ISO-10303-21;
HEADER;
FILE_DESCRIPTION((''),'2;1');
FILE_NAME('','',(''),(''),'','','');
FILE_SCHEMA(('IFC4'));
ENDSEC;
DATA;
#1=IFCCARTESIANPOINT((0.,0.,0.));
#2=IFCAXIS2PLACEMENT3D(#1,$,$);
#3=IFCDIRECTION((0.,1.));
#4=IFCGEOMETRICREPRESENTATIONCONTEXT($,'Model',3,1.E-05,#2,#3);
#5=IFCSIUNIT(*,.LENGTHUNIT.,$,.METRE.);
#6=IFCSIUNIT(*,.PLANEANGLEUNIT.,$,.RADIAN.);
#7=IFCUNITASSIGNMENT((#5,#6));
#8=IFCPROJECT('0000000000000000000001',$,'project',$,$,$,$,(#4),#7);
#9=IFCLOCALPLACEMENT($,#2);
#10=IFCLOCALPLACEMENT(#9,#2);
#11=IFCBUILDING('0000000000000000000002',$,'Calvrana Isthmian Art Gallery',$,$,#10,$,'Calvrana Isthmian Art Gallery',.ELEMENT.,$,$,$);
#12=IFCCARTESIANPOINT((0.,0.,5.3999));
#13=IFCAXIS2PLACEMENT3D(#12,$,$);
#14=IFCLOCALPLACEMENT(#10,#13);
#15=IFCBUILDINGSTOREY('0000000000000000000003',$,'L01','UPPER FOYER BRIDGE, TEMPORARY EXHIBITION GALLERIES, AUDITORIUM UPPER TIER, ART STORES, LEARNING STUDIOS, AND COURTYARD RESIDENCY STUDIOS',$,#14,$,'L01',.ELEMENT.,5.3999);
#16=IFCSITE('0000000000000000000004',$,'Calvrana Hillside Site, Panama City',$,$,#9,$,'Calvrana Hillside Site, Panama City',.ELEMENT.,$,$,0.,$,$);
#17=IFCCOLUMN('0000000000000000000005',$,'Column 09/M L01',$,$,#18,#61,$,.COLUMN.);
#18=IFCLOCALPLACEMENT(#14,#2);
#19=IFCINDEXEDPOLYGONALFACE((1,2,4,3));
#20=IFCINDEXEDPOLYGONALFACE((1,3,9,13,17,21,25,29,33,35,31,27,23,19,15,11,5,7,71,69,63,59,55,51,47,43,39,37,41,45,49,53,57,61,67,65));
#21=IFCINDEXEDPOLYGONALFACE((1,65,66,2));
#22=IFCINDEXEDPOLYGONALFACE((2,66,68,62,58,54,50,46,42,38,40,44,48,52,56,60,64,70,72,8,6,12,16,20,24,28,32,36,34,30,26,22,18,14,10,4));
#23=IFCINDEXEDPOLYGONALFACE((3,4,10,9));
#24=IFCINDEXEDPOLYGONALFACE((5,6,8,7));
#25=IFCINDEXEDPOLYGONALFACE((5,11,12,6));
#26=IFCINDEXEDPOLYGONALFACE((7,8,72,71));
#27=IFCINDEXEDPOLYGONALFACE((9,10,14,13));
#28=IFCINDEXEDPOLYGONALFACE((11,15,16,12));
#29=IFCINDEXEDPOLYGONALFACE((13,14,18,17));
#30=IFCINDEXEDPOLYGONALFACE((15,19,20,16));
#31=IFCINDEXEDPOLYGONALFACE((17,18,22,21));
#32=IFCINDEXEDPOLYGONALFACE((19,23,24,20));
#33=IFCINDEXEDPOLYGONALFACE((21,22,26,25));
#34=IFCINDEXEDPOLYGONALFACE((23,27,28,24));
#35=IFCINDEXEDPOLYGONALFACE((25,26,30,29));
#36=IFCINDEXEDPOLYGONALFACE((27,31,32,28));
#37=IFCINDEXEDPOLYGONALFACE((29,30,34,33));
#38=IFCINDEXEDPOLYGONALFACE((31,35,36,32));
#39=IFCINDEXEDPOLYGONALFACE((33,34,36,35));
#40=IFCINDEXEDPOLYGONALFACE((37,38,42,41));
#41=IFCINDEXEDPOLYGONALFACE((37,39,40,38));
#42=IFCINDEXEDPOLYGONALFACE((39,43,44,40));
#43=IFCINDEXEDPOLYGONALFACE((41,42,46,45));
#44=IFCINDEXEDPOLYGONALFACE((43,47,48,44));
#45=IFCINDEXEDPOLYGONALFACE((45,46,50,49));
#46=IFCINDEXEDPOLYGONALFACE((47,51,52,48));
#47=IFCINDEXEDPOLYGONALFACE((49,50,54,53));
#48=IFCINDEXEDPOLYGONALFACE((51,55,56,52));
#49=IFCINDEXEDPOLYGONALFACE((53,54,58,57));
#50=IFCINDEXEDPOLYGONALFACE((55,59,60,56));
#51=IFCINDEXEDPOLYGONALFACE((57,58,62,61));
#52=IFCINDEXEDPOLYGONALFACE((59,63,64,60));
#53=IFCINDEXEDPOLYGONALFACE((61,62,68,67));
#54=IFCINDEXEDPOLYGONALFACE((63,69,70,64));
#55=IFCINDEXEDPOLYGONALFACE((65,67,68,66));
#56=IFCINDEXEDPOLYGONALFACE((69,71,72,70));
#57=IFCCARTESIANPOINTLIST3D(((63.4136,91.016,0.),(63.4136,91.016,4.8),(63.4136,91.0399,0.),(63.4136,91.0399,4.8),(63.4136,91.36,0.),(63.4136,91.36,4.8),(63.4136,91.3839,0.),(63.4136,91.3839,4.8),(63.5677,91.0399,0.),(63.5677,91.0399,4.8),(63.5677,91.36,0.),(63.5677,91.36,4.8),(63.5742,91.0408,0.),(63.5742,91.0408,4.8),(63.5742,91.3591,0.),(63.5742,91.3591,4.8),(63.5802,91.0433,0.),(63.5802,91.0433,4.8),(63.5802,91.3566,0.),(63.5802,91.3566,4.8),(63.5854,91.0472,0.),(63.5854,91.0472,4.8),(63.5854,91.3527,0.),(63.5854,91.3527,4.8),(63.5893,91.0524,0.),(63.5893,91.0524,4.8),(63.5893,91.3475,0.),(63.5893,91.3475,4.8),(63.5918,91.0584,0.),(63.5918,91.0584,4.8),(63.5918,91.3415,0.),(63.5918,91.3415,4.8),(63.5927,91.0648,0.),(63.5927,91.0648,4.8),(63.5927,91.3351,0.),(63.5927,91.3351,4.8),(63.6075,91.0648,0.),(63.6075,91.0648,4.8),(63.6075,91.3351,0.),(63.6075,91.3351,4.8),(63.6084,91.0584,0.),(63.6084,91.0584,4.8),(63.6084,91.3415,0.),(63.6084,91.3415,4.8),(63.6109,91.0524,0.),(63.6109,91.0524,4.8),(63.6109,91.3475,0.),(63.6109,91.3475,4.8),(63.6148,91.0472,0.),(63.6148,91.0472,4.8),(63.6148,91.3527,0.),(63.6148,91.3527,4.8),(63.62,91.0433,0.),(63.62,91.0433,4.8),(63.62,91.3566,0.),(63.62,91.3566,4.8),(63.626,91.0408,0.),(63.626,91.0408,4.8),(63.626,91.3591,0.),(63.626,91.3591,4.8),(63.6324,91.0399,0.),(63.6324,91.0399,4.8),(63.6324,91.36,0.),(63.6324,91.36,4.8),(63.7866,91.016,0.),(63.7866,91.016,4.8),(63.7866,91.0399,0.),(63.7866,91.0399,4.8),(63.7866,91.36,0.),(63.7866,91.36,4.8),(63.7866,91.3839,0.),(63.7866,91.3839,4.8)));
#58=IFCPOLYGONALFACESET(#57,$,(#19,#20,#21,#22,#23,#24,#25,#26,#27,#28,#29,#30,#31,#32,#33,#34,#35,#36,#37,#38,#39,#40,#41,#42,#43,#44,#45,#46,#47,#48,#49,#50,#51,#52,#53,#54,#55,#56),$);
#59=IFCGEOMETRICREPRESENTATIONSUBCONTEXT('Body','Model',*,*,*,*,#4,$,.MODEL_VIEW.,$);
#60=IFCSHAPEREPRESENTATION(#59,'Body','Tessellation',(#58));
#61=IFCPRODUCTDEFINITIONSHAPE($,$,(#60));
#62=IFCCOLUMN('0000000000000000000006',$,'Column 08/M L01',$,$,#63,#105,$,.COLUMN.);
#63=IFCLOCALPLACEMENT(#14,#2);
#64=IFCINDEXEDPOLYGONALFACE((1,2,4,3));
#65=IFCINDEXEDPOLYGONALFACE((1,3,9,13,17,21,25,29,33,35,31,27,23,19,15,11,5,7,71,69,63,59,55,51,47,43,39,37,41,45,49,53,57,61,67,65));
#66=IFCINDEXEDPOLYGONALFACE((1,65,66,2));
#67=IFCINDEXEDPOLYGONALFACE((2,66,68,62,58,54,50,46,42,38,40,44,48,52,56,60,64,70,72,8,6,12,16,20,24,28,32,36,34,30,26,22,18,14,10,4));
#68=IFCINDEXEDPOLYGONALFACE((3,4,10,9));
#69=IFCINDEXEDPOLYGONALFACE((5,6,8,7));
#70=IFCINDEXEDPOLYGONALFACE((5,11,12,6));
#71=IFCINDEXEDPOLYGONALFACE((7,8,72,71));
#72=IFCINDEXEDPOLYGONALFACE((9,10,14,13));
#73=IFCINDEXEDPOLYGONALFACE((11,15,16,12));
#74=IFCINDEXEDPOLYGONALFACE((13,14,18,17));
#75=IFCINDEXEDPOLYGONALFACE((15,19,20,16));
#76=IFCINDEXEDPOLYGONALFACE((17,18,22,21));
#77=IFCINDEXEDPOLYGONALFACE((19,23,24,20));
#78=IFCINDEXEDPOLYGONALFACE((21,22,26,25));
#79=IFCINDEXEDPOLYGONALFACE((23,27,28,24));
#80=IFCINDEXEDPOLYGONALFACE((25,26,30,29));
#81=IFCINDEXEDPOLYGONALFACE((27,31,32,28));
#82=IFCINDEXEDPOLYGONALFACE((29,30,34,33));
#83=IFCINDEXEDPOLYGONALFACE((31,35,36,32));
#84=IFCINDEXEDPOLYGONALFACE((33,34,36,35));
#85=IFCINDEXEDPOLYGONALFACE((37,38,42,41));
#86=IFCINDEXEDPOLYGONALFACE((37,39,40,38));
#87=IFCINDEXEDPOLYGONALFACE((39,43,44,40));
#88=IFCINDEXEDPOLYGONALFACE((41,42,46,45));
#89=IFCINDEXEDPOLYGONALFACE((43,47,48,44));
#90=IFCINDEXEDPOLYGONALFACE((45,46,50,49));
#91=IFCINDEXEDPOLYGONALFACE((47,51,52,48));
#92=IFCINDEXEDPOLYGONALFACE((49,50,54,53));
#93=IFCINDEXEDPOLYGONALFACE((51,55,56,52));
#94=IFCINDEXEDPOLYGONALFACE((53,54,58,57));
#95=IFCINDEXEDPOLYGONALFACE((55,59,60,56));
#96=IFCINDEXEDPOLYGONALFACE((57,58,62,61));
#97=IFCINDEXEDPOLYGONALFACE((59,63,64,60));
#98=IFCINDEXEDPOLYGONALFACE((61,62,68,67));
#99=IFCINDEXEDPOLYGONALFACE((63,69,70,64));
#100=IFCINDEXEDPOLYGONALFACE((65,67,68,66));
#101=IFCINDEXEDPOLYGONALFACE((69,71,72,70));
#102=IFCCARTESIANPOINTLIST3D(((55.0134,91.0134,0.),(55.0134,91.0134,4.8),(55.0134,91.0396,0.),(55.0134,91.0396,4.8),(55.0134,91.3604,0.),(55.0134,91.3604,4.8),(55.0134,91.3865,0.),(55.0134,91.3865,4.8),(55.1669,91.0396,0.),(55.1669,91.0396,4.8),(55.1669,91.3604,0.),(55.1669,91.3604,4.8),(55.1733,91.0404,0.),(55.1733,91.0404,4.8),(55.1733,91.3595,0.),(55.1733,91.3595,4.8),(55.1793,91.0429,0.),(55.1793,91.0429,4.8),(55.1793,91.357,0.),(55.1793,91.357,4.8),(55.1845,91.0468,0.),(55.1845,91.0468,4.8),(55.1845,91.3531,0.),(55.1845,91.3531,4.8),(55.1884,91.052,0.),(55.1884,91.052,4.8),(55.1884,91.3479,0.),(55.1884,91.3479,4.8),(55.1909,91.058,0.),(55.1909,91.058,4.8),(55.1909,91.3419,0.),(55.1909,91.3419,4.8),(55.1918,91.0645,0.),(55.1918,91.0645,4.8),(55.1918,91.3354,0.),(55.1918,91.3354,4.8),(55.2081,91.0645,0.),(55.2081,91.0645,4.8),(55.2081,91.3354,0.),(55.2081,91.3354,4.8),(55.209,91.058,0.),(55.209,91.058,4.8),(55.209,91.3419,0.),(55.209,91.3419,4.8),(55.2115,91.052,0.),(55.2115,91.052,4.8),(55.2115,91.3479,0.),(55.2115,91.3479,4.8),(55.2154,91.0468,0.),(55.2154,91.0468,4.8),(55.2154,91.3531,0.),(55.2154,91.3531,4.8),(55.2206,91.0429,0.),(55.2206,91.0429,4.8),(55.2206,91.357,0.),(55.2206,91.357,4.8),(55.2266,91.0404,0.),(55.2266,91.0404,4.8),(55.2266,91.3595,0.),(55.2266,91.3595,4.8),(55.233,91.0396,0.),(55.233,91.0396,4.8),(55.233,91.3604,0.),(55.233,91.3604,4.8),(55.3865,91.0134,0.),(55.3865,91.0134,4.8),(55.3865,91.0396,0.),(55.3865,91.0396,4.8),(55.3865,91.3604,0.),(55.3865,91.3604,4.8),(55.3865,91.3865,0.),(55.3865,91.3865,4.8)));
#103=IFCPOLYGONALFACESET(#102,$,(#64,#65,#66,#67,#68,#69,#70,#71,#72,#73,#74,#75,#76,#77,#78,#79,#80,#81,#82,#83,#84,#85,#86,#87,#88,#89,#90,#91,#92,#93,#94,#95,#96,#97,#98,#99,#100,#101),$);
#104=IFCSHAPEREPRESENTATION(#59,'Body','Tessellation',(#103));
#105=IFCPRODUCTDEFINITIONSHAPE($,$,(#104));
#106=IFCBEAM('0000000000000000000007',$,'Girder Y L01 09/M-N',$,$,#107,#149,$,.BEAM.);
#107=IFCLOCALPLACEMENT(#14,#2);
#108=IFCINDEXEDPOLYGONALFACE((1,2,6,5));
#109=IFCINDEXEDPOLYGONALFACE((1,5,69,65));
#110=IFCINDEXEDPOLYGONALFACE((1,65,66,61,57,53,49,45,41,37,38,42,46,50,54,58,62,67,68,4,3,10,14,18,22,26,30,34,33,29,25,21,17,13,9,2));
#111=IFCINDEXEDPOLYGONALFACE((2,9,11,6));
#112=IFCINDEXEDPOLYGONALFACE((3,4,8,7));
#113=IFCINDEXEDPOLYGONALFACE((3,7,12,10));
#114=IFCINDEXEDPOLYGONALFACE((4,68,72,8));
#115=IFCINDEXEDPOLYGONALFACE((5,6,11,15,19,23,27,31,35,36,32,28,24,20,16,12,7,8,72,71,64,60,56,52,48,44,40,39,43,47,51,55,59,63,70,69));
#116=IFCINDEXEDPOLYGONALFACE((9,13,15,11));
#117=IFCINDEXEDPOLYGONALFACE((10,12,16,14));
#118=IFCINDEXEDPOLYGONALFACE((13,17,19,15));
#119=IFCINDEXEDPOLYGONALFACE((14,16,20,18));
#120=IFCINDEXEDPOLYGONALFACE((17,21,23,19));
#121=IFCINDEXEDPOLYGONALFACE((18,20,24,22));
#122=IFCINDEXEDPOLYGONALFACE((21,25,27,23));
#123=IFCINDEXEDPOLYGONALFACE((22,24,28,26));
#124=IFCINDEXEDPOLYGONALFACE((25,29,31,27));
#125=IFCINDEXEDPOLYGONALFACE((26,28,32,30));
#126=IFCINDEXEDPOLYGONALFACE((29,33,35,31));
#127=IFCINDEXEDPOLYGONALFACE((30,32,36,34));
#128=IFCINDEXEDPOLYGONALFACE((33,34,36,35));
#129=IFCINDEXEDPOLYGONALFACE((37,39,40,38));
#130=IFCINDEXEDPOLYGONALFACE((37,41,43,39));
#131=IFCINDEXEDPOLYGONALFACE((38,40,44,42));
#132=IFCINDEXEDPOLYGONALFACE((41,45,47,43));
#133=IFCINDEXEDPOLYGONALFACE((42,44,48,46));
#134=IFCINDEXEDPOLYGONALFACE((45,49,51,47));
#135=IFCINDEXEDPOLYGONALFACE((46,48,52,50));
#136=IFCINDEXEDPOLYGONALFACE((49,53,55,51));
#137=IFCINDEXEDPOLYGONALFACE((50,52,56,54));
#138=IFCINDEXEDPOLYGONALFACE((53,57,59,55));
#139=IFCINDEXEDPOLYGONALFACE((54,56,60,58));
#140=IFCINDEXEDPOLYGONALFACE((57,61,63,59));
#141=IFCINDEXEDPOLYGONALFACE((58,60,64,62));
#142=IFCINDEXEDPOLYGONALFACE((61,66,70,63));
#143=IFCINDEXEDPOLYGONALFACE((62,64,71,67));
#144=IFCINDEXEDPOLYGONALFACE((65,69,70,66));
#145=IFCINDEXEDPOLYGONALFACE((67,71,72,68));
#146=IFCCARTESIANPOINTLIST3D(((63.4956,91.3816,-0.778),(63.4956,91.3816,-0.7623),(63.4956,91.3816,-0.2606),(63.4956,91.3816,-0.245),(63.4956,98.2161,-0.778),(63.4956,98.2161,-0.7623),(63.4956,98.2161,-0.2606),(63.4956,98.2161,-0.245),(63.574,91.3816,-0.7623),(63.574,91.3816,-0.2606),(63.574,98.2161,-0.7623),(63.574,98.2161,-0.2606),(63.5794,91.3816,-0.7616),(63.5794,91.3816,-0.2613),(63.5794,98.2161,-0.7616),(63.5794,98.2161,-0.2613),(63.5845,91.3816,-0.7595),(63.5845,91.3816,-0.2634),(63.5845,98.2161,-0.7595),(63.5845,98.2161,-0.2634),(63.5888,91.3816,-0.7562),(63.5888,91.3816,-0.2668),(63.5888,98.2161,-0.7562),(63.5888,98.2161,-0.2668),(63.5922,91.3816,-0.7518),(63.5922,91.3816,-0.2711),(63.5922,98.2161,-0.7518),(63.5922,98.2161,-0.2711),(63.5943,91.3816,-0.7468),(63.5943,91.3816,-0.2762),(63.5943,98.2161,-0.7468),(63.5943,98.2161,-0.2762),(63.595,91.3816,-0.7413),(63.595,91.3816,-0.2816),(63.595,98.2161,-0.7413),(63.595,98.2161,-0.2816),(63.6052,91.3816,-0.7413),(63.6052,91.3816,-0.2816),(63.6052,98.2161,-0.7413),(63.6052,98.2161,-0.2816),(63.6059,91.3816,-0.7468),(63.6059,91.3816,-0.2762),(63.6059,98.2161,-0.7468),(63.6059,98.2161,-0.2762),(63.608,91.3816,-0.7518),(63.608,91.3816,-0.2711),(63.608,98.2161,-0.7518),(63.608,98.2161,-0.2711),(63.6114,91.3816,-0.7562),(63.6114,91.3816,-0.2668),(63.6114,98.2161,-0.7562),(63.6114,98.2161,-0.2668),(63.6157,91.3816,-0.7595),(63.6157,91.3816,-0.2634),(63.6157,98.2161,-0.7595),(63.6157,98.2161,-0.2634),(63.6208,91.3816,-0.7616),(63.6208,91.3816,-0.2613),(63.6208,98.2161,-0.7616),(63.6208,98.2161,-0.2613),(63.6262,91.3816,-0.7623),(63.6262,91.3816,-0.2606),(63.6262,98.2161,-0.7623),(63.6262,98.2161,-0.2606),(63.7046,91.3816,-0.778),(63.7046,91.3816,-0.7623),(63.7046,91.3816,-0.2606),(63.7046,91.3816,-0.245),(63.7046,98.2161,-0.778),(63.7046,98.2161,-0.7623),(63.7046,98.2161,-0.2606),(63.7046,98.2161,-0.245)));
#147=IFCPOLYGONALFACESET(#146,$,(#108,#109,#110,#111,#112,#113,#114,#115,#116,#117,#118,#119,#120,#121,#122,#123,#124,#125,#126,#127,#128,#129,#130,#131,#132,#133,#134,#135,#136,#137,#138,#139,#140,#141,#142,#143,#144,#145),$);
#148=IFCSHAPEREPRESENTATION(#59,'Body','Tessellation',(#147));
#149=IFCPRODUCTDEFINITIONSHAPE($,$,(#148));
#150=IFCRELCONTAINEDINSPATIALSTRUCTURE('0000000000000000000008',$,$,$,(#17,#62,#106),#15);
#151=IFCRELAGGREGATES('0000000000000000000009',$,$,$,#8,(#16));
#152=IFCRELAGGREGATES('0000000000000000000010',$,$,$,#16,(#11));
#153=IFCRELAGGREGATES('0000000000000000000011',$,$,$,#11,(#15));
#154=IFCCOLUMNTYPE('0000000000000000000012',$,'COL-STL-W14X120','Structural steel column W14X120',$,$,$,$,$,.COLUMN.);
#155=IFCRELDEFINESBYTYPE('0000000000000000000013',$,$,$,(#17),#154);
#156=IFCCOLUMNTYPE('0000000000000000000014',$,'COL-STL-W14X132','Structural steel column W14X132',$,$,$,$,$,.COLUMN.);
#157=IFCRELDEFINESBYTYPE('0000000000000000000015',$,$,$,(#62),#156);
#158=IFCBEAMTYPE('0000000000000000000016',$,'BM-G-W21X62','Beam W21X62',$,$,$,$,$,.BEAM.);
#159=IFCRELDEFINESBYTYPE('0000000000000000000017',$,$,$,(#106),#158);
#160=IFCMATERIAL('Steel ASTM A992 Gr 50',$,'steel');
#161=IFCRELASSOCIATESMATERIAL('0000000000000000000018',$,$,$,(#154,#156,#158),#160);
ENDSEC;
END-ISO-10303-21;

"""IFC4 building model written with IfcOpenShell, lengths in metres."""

from ifc_helpers import new_model, si_unit, direction, frame, origin, origin_2d, place, context, subcontext, project, spatial, i_section, extrude, material, material_profile, profile_set, type_object, element, save


model = new_model("IFC4")

# Units and contexts
model_context = context("Model", 3, precision=1e-05, world=origin(), true_north=direction((0.0, 1.0)))
body_context = subcontext(model_context, "Body", "Model", "MODEL_VIEW")
ifc_project = project(units=[si_unit("LENGTHUNIT", "METRE"), si_unit("PLANEANGLEUNIT", "RADIAN")], contexts=[model_context])

# Site, building, storey
site_placement = place(None, origin())
site = spatial("IfcSite", under=ifc_project, at=site_placement, Name="Calvrana Hillside Site, Panama City", LongName="Calvrana Hillside Site, Panama City", CompositionType="ELEMENT", RefElevation=0.0)
building_placement = place(site_placement, origin())
building = spatial("IfcBuilding", under=site, at=building_placement, Name="Calvrana Isthmian Art Gallery", LongName="Calvrana Isthmian Art Gallery", CompositionType="ELEMENT")
storey_placement = place(building_placement, frame((0.0, 0.0, 5.3999)))
storey = spatial("IfcBuildingStorey", under=building, at=storey_placement, Name="L01", Description="UPPER FOYER BRIDGE, TEMPORARY EXHIBITION GALLERIES, AUDITORIUM UPPER TIER, ART STORES, LEARNING STUDIOS, AND COURTYARD RESIDENCY STUDIOS", LongName="L01", CompositionType="ELEMENT", Elevation=5.3999)

# Columns
ifc_material_1 = material(Name="Steel ASTM A992 Gr 50", Category="steel")
ifc_material_profile_1 = material_profile(ifc_material_1, i_section(OverallWidth=0.373, OverallDepth=0.3679, WebThickness=0.0149, FlangeThickness=0.0239, FilletRadius=0.0249, at=origin_2d()), Name="W14X120")
ifc_profile_set_1 = profile_set([ifc_material_profile_1], Name="Steel ASTM A992 Gr 50")
column_type_1 = type_object("IfcColumnType", Name="COL-STL-W14X120", Description="Structural steel column W14X120", PredefinedType="COLUMN", material=ifc_profile_set_1)
column_1_placement = place(storey_placement, frame((63.6001, 91.2, 0.0), z_axis=(0.0, 0.0, 1.0), x_axis=(1.0, 0.0, 0.0)))
element("IfcColumn", 1, at=column_1_placement, inside=storey, type_object=column_type_1, Name="Column 09/M L01", PredefinedType="COLUMN", context=body_context, shape_type="SweptSolid", body=[
    extrude(i_section(OverallWidth=0.373, OverallDepth=0.3679, WebThickness=0.0149, FlangeThickness=0.0239, FilletRadius=0.0249, at=origin_2d()), origin(), (0.0, 0.0, 1.0), 4.8),
])
ifc_material_profile_2 = material_profile(ifc_material_1, i_section(OverallWidth=0.373, OverallDepth=0.373, WebThickness=0.0164, FlangeThickness=0.0261, FilletRadius=0.0249, at=origin_2d()), Name="W14X132")
ifc_profile_set_2 = profile_set([ifc_material_profile_2], Name="Steel ASTM A992 Gr 50")
column_type_2 = type_object("IfcColumnType", Name="COL-STL-W14X132", Description="Structural steel column W14X132", PredefinedType="COLUMN", material=ifc_profile_set_2)
column_2_placement = place(storey_placement, frame((55.2, 91.2, 0.0), z_axis=(0.0, 0.0, 1.0), x_axis=(1.0, 0.0, 0.0)))
element("IfcColumn", 2, at=column_2_placement, inside=storey, type_object=column_type_2, Name="Column 08/M L01", PredefinedType="COLUMN", context=body_context, shape_type="SweptSolid", body=[
    extrude(i_section(OverallWidth=0.373, OverallDepth=0.373, WebThickness=0.0164, FlangeThickness=0.0261, FilletRadius=0.0249, at=origin_2d()), origin(), (0.0, 0.0, 1.0), 4.8),
])

# Beam
ifc_material_profile_3 = material_profile(ifc_material_1, i_section(OverallWidth=0.209, OverallDepth=0.533, WebThickness=0.0103, FlangeThickness=0.0156, FilletRadius=0.021, at=origin_2d()), Name="W21X62")
ifc_profile_set_3 = profile_set([ifc_material_profile_3], Name="Steel ASTM A992 Gr 50")
beam_type_1 = type_object("IfcBeamType", Name="BM-G-W21X62", Description="Beam W21X62", PredefinedType="BEAM", material=ifc_profile_set_3)
beam_1_placement = place(storey_placement, frame((63.6001, 91.3816, -0.5115), z_axis=(0.0, 1.0, 0.0), x_axis=(-1.0, 0.0, 0.0)))
element("IfcBeam", 3, at=beam_1_placement, inside=storey, type_object=beam_type_1, Name="Girder Y L01 09/M-N", PredefinedType="BEAM", context=body_context, shape_type="SweptSolid", body=[
    extrude(i_section(OverallWidth=0.209, OverallDepth=0.533, WebThickness=0.0103, FlangeThickness=0.0156, FilletRadius=0.021, at=origin_2d()), origin(), (0.0, 0.0, 1.0), 6.8345),
])

save(model, "model.ifc")
